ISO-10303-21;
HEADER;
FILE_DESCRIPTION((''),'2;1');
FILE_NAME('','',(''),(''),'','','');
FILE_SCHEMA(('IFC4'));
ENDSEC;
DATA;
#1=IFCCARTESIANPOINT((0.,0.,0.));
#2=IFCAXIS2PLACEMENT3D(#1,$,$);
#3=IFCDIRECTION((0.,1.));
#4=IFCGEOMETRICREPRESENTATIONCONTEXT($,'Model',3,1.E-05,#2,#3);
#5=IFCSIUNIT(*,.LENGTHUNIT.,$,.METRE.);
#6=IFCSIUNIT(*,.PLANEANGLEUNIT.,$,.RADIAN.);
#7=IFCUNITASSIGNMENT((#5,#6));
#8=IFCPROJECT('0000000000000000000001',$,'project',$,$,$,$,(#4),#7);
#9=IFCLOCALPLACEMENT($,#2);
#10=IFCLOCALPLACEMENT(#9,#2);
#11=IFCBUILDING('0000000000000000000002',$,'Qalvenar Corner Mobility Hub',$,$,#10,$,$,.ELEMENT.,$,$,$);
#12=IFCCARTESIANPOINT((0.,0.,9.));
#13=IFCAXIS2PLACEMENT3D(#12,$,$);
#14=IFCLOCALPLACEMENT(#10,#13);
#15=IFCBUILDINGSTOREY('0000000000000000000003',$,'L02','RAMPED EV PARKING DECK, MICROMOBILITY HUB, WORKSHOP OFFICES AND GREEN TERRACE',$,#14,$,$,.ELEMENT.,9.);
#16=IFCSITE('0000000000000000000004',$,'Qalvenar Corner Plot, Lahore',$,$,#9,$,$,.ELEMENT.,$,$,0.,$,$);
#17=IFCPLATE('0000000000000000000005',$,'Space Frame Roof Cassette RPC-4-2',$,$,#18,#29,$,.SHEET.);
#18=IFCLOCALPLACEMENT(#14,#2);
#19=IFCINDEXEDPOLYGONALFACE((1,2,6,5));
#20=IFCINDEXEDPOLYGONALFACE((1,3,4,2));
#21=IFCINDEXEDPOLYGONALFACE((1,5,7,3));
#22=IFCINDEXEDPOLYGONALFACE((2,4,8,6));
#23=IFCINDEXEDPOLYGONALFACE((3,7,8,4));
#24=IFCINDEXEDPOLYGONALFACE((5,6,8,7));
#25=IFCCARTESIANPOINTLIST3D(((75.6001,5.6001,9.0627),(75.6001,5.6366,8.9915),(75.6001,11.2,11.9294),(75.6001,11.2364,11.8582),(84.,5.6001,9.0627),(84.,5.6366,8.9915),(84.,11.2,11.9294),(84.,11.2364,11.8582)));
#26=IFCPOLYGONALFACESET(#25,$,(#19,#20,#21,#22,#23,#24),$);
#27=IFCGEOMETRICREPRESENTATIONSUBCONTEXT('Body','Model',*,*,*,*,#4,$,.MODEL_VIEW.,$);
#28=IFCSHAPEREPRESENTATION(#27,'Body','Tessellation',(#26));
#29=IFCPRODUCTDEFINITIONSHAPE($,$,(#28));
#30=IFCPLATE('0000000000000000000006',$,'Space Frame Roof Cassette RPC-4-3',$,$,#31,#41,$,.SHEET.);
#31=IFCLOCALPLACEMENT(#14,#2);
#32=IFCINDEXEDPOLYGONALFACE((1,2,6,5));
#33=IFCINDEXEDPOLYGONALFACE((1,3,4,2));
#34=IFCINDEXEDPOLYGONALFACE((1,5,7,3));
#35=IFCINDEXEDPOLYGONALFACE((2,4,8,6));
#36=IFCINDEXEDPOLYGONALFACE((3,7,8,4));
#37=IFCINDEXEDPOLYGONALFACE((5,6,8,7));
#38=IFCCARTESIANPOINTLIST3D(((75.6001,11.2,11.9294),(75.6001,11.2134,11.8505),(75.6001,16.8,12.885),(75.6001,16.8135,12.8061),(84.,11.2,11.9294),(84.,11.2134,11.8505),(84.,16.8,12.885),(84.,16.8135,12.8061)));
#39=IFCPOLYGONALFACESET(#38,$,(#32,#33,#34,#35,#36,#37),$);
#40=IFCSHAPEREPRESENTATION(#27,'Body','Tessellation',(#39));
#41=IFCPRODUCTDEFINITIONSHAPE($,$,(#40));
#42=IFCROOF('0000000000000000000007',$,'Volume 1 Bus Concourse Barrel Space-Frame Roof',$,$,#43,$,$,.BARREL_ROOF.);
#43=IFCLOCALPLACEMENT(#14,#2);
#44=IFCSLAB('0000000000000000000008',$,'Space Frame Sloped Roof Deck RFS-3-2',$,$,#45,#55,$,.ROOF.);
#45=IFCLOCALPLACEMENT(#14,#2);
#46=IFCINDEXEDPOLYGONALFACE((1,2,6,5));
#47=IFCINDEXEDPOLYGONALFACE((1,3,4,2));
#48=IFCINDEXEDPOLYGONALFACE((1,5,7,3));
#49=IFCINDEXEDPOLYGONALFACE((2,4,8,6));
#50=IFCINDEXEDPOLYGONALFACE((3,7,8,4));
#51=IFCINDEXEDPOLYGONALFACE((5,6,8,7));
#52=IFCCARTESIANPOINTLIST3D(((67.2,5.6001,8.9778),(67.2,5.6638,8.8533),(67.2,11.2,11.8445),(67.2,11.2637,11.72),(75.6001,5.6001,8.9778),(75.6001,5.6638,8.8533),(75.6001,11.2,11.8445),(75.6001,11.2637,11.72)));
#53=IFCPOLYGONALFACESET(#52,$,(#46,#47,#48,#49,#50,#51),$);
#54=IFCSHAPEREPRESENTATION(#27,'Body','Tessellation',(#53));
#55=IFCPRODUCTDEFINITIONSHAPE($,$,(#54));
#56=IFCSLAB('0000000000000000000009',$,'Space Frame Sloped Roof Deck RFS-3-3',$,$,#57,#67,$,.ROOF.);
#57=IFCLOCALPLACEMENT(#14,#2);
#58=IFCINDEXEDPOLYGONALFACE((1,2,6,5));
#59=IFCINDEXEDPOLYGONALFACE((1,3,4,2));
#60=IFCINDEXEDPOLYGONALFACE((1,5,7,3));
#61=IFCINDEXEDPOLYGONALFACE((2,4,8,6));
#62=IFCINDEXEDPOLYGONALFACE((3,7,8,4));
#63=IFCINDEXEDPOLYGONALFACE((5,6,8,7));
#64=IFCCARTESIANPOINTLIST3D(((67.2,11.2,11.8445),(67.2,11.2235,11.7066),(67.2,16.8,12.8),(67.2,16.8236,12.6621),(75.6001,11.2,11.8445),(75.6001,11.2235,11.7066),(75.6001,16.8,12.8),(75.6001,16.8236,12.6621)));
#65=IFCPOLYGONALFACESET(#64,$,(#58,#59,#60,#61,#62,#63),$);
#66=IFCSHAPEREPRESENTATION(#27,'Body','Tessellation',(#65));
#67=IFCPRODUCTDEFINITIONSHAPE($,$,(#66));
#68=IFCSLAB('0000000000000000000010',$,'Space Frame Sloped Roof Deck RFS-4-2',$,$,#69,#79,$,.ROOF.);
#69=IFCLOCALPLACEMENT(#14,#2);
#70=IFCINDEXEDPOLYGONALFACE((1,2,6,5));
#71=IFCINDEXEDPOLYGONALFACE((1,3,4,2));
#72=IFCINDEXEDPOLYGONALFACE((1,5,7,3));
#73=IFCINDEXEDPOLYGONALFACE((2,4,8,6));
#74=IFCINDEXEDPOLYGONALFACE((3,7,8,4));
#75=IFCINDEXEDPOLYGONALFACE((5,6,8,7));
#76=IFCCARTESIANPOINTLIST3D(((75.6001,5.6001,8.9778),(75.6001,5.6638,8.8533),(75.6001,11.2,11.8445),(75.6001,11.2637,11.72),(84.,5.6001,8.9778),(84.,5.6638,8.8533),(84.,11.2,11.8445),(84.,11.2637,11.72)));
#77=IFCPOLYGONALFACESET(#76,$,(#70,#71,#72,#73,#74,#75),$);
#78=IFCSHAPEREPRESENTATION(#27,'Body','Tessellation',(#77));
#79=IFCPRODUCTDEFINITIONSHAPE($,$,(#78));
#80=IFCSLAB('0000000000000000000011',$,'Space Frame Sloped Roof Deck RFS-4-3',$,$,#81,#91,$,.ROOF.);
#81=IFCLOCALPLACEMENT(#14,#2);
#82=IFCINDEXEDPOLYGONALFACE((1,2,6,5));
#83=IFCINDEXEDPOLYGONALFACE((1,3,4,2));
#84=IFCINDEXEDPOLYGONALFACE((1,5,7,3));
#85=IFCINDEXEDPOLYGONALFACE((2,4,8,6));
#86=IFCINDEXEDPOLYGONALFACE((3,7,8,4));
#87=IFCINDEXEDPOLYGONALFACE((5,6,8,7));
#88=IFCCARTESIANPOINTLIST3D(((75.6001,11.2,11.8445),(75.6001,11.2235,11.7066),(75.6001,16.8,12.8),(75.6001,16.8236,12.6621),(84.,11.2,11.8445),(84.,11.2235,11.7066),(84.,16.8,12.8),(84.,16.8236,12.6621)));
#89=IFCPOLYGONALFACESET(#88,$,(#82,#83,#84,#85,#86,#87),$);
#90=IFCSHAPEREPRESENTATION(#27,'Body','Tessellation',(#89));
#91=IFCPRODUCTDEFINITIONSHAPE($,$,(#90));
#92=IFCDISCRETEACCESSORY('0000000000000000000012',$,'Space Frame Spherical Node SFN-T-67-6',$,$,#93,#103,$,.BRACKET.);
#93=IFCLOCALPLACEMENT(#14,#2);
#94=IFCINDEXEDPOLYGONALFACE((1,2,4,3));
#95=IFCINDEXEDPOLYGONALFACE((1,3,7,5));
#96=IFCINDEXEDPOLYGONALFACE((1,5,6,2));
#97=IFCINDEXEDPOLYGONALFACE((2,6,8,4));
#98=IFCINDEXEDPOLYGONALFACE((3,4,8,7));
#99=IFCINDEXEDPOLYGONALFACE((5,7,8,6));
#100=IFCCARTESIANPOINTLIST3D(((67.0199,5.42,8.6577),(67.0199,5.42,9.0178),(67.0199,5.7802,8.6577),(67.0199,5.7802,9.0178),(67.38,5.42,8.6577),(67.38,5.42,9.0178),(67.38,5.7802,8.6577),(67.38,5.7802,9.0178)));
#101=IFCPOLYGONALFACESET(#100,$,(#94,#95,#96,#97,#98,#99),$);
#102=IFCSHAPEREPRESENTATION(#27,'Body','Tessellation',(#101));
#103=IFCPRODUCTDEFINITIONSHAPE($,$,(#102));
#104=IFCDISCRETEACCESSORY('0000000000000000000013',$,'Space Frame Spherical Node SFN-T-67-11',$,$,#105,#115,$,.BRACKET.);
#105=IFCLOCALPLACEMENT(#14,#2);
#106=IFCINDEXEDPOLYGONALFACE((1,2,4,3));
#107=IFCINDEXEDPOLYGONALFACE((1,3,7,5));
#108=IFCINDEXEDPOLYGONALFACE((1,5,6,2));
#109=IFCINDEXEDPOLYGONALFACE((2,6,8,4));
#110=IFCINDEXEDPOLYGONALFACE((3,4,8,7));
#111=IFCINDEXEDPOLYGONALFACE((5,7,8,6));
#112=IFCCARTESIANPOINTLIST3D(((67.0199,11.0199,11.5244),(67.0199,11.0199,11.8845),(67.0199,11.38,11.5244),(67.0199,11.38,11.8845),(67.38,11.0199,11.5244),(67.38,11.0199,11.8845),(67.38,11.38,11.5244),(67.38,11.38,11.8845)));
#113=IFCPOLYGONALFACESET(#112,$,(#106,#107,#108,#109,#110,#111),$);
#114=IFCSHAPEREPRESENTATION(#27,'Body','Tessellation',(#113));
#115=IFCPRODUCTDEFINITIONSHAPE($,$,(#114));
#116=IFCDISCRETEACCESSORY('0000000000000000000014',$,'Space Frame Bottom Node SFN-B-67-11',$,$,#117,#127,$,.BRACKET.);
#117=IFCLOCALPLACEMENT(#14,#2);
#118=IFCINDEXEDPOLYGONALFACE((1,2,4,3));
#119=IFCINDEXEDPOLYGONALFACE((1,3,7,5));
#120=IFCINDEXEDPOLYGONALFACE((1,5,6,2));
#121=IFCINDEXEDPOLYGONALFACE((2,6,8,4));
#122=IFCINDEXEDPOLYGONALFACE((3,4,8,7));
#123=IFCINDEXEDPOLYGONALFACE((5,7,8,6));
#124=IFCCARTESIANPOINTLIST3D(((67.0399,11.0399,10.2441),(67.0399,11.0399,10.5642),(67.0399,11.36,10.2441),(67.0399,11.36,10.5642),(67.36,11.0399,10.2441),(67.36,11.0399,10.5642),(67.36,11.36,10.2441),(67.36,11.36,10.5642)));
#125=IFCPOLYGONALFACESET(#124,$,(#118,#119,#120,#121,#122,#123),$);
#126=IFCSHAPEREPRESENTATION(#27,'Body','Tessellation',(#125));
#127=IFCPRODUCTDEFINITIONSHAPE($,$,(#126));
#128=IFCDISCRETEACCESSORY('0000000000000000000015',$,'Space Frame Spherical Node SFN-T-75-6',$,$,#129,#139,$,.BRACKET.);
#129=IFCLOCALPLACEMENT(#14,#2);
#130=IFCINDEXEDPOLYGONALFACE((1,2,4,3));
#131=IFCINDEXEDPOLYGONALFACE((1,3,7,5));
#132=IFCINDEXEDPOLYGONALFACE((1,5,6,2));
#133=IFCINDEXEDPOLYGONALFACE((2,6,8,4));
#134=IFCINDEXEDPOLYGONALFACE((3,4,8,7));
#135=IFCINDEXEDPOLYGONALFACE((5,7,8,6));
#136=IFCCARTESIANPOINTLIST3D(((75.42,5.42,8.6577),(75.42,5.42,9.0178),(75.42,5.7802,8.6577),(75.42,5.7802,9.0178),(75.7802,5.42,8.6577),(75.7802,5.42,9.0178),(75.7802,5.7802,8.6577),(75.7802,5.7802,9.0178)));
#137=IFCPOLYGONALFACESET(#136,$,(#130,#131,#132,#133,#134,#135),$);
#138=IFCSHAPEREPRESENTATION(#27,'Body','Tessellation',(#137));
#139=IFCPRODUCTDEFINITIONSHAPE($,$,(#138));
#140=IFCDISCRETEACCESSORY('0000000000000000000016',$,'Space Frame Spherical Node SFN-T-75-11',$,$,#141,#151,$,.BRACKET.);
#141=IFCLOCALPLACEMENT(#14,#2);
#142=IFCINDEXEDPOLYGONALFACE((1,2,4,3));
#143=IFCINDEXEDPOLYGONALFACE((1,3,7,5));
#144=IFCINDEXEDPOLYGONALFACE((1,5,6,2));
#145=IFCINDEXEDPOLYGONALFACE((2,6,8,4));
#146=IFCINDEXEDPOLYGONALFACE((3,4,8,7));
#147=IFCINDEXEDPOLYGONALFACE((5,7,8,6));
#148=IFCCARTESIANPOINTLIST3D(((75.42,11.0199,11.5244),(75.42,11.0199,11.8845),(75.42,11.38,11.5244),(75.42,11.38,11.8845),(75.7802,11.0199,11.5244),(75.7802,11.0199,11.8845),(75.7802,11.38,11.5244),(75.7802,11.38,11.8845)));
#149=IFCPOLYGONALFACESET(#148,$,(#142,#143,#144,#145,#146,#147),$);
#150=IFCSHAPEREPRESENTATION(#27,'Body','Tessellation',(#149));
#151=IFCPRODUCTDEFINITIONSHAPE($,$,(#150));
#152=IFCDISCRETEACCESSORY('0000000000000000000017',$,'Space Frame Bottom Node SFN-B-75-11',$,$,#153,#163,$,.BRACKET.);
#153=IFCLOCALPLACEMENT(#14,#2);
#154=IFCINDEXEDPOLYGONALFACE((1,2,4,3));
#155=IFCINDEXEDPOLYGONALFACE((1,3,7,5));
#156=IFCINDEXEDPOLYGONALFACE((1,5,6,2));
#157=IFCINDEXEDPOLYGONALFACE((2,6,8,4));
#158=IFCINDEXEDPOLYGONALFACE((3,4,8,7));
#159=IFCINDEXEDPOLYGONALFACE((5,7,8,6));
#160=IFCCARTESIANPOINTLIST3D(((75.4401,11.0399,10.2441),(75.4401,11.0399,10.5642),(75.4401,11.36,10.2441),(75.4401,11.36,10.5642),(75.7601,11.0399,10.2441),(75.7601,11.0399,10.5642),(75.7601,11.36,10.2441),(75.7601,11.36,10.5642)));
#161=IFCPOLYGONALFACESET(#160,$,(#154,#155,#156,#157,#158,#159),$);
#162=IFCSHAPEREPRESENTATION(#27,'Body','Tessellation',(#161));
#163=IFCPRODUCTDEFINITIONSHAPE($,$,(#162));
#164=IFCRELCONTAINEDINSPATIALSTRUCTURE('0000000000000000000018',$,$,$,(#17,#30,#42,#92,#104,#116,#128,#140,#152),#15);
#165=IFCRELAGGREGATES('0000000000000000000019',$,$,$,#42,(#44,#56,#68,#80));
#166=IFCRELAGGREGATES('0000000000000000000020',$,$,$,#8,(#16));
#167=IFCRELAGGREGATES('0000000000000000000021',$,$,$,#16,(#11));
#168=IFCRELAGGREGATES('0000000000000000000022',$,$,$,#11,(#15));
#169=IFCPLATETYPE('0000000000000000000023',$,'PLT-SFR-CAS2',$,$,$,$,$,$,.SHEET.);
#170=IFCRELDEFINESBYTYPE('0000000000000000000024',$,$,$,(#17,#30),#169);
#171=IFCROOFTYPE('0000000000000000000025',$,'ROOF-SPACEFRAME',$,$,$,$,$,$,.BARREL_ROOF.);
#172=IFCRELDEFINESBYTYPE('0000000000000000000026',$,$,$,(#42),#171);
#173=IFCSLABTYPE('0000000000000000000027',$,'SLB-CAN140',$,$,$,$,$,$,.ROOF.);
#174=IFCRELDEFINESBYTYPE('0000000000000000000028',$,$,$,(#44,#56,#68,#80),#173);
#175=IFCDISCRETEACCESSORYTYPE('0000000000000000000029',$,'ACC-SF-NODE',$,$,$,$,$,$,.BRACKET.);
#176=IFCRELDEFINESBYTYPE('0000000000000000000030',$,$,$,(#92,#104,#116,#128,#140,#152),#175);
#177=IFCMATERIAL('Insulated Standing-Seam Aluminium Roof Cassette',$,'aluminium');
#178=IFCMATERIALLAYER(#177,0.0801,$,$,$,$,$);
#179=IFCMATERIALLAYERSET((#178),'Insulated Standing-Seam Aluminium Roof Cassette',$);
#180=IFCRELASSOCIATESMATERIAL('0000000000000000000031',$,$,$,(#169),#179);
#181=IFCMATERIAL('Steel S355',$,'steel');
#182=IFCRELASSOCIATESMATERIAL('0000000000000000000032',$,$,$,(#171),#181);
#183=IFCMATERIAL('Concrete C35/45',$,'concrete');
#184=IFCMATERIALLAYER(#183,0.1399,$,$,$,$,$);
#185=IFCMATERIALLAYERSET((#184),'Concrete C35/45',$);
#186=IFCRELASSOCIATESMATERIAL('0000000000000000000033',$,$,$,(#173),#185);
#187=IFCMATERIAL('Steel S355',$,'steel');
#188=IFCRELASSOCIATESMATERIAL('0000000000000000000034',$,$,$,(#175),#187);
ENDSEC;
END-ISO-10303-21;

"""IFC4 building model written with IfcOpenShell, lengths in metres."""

from ifc_helpers import new_model, si_unit, direction, frame, origin, origin_2d, place, context, subcontext, project, spatial, polyline, rectangle, outline, extrude, material, layer, layer_set, type_object, element, aggregate, save


model = new_model("IFC4")

# Units and contexts
model_context = context("Model", 3, precision=1e-05, world=origin(), true_north=direction((0.0, 1.0)))
body_context = subcontext(model_context, "Body", "Model", "MODEL_VIEW")
ifc_project = project(units=[si_unit("LENGTHUNIT", "METRE"), si_unit("PLANEANGLEUNIT", "RADIAN")], contexts=[model_context])

# Site, building, storey
site_placement = place(None, origin())
site = spatial("IfcSite", under=ifc_project, at=site_placement, Name="Qalvenar Corner Plot, Lahore", CompositionType="ELEMENT", RefElevation=0.0)
building_placement = place(site_placement, origin())
building = spatial("IfcBuilding", under=site, at=building_placement, Name="Qalvenar Corner Mobility Hub", CompositionType="ELEMENT")
storey_placement = place(building_placement, frame((0.0, 0.0, 9.0)))
storey = spatial("IfcBuildingStorey", under=building, at=storey_placement, Name="L02", Description="RAMPED EV PARKING DECK, MICROMOBILITY HUB, WORKSHOP OFFICES AND GREEN TERRACE", CompositionType="ELEMENT", Elevation=9.0)

# Shared definitions
ifc_material_1 = material(Name="Steel S355", Category="steel")

# Plates
ifc_material_2 = material(Name="Insulated Standing-Seam Aluminium Roof Cassette", Category="aluminium")
ifc_layer_1 = layer(ifc_material_2, 0.0801)
ifc_layer_set_1 = layer_set([ifc_layer_1], Name="Insulated Standing-Seam Aluminium Roof Cassette")
plate_type = type_object("IfcPlateType", Name="PLT-SFR-CAS2", PredefinedType="SHEET", material=ifc_layer_set_1)
plate_1_placement = place(storey_placement, frame((75.6001, 5.6001, 9.0627), z_axis=(0.0, -0.455685, 0.890141), x_axis=(1.0, 0.0, 0.0)))
element("IfcPlate", 1, at=plate_1_placement, inside=storey, type_object=plate_type, Name="Space Frame Roof Cassette RPC-4-2", PredefinedType="SHEET", context=body_context, shape_type="SweptSolid", body=[
    extrude(outline(polyline([(0.0, 0.0), (8.3999, 0.0), (8.3999, 6.291), (0.0, 6.291), (0.0, 0.0)])), origin(), (0.0, 0.0, -1.0), 0.0801),
])
plate_2_placement = place(storey_placement, frame((75.6001, 11.2, 11.9294), z_axis=(0.0, -0.168203, 0.985752), x_axis=(1.0, 0.0, 0.0)))
element("IfcPlate", 2, at=plate_2_placement, inside=storey, type_object=plate_type, Name="Space Frame Roof Cassette RPC-4-3", PredefinedType="SHEET", context=body_context, shape_type="SweptSolid", body=[
    extrude(outline(polyline([(0.0, 0.0), (8.3999, 0.0), (8.3999, 5.681), (0.0, 5.681), (0.0, 0.0)])), origin(), (0.0, 0.0, -1.0), 0.0801),
])

# Roof, slabs
roof_type = type_object("IfcRoofType", Name="ROOF-SPACEFRAME", PredefinedType="BARREL_ROOF", material=ifc_material_1)
roof_placement = place(storey_placement, origin())
roof = element("IfcRoof", 3, at=roof_placement, inside=storey, type_object=roof_type, Name="Volume 1 Bus Concourse Barrel Space-Frame Roof", PredefinedType="BARREL_ROOF")
ifc_material_3 = material(Name="Concrete C35/45", Category="concrete")
ifc_layer_2 = layer(ifc_material_3, 0.1399)
ifc_layer_set_2 = layer_set([ifc_layer_2], Name="Concrete C35/45")
slab_type = type_object("IfcSlabType", Name="SLB-CAN140", PredefinedType="ROOF", material=ifc_layer_set_2)
slab_1_placement = place(storey_placement, frame((67.2, 5.6001, 8.9778), z_axis=(0.0, -0.455685, 0.890141), x_axis=(1.0, 0.0, 0.0)))
slab_1 = element("IfcSlab", 4, at=slab_1_placement, type_object=slab_type, Name="Space Frame Sloped Roof Deck RFS-3-2", PredefinedType="ROOF", context=body_context, shape_type="SweptSolid", body=[
    extrude(outline(polyline([(0.0, 0.0), (8.4001, 0.0), (8.4001, 6.291), (0.0, 6.291), (0.0, 0.0)])), origin(), (0.0, 0.0, -1.0), 0.1399),
])
slab_2_placement = place(storey_placement, frame((67.2, 11.2, 11.8445), z_axis=(0.0, -0.168203, 0.985752), x_axis=(1.0, 0.0, 0.0)))
slab_2 = element("IfcSlab", 5, at=slab_2_placement, type_object=slab_type, Name="Space Frame Sloped Roof Deck RFS-3-3", PredefinedType="ROOF", context=body_context, shape_type="SweptSolid", body=[
    extrude(outline(polyline([(0.0, 0.0), (8.4001, 0.0), (8.4001, 5.681), (0.0, 5.681), (0.0, 0.0)])), origin(), (0.0, 0.0, -1.0), 0.1399),
])
slab_3_placement = place(storey_placement, frame((75.6001, 5.6001, 8.9778), z_axis=(0.0, -0.455685, 0.890141), x_axis=(1.0, 0.0, 0.0)))
slab_3 = element("IfcSlab", 6, at=slab_3_placement, type_object=slab_type, Name="Space Frame Sloped Roof Deck RFS-4-2", PredefinedType="ROOF", context=body_context, shape_type="SweptSolid", body=[
    extrude(outline(polyline([(0.0, 0.0), (8.3999, 0.0), (8.3999, 6.291), (0.0, 6.291), (0.0, 0.0)])), origin(), (0.0, 0.0, -1.0), 0.1399),
])
slab_4_placement = place(storey_placement, frame((75.6001, 11.2, 11.8445), z_axis=(0.0, -0.168203, 0.985752), x_axis=(1.0, 0.0, 0.0)))
slab_4 = element("IfcSlab", 7, at=slab_4_placement, type_object=slab_type, Name="Space Frame Sloped Roof Deck RFS-4-3", PredefinedType="ROOF", context=body_context, shape_type="SweptSolid", body=[
    extrude(outline(polyline([(0.0, 0.0), (8.3999, 0.0), (8.3999, 5.681), (0.0, 5.681), (0.0, 0.0)])), origin(), (0.0, 0.0, -1.0), 0.1399),
])
aggregate(roof, [slab_1, slab_2, slab_3, slab_4])

# Discrete accessories
ifc_material_4 = material(Name="Steel S355", Category="steel")
discrete_accessory_type = type_object("IfcDiscreteAccessoryType", Name="ACC-SF-NODE", PredefinedType="BRACKET", material=ifc_material_4)
for number, where, z_axis, x_axis, name in (
    (8, (67.2, 5.6001, 8.6577), (0.0, 0.0, 1.0), (1.0, 0.0, 0.0), "Space Frame Spherical Node SFN-T-67-6"),
    (9, (67.2, 11.2, 11.5244), (0.0, 0.0, 1.0), (1.0, 0.0, 0.0), "Space Frame Spherical Node SFN-T-67-11"),
):
    element("IfcDiscreteAccessory", number, at=place(storey_placement, frame(where, z_axis=z_axis, x_axis=x_axis)), inside=storey, type_object=discrete_accessory_type, Name=name, PredefinedType="BRACKET", context=body_context, shape_type="SweptSolid", body=[
        extrude(rectangle(XDim=0.3601, YDim=0.3601, at=origin_2d()), origin(), (0.0, 0.0, 1.0), 0.3601),
    ])
discrete_accessory_1_placement = place(storey_placement, frame((67.2, 11.2, 10.2441), z_axis=(0.0, 0.0, 1.0), x_axis=(1.0, 0.0, 0.0)))
element("IfcDiscreteAccessory", 10, at=discrete_accessory_1_placement, inside=storey, type_object=discrete_accessory_type, Name="Space Frame Bottom Node SFN-B-67-11", PredefinedType="BRACKET", context=body_context, shape_type="SweptSolid", body=[
    extrude(rectangle(XDim=0.3201, YDim=0.3201, at=origin_2d()), origin(), (0.0, 0.0, 1.0), 0.3201),
])
for number, where, z_axis, x_axis, name in (
    (11, (75.6001, 5.6001, 8.6577), (0.0, 0.0, 1.0), (1.0, 0.0, 0.0), "Space Frame Spherical Node SFN-T-75-6"),
    (12, (75.6001, 11.2, 11.5244), (0.0, 0.0, 1.0), (1.0, 0.0, 0.0), "Space Frame Spherical Node SFN-T-75-11"),
):
    element("IfcDiscreteAccessory", number, at=place(storey_placement, frame(where, z_axis=z_axis, x_axis=x_axis)), inside=storey, type_object=discrete_accessory_type, Name=name, PredefinedType="BRACKET", context=body_context, shape_type="SweptSolid", body=[
        extrude(rectangle(XDim=0.3601, YDim=0.3601, at=origin_2d()), origin(), (0.0, 0.0, 1.0), 0.3601),
    ])
discrete_accessory_2_placement = place(storey_placement, frame((75.6001, 11.2, 10.2441), z_axis=(0.0, 0.0, 1.0), x_axis=(1.0, 0.0, 0.0)))
element("IfcDiscreteAccessory", 13, at=discrete_accessory_2_placement, inside=storey, type_object=discrete_accessory_type, Name="Space Frame Bottom Node SFN-B-75-11", PredefinedType="BRACKET", context=body_context, shape_type="SweptSolid", body=[
    extrude(rectangle(XDim=0.3201, YDim=0.3201, at=origin_2d()), origin(), (0.0, 0.0, 1.0), 0.3201),
])

save(model, "model.ifc")
